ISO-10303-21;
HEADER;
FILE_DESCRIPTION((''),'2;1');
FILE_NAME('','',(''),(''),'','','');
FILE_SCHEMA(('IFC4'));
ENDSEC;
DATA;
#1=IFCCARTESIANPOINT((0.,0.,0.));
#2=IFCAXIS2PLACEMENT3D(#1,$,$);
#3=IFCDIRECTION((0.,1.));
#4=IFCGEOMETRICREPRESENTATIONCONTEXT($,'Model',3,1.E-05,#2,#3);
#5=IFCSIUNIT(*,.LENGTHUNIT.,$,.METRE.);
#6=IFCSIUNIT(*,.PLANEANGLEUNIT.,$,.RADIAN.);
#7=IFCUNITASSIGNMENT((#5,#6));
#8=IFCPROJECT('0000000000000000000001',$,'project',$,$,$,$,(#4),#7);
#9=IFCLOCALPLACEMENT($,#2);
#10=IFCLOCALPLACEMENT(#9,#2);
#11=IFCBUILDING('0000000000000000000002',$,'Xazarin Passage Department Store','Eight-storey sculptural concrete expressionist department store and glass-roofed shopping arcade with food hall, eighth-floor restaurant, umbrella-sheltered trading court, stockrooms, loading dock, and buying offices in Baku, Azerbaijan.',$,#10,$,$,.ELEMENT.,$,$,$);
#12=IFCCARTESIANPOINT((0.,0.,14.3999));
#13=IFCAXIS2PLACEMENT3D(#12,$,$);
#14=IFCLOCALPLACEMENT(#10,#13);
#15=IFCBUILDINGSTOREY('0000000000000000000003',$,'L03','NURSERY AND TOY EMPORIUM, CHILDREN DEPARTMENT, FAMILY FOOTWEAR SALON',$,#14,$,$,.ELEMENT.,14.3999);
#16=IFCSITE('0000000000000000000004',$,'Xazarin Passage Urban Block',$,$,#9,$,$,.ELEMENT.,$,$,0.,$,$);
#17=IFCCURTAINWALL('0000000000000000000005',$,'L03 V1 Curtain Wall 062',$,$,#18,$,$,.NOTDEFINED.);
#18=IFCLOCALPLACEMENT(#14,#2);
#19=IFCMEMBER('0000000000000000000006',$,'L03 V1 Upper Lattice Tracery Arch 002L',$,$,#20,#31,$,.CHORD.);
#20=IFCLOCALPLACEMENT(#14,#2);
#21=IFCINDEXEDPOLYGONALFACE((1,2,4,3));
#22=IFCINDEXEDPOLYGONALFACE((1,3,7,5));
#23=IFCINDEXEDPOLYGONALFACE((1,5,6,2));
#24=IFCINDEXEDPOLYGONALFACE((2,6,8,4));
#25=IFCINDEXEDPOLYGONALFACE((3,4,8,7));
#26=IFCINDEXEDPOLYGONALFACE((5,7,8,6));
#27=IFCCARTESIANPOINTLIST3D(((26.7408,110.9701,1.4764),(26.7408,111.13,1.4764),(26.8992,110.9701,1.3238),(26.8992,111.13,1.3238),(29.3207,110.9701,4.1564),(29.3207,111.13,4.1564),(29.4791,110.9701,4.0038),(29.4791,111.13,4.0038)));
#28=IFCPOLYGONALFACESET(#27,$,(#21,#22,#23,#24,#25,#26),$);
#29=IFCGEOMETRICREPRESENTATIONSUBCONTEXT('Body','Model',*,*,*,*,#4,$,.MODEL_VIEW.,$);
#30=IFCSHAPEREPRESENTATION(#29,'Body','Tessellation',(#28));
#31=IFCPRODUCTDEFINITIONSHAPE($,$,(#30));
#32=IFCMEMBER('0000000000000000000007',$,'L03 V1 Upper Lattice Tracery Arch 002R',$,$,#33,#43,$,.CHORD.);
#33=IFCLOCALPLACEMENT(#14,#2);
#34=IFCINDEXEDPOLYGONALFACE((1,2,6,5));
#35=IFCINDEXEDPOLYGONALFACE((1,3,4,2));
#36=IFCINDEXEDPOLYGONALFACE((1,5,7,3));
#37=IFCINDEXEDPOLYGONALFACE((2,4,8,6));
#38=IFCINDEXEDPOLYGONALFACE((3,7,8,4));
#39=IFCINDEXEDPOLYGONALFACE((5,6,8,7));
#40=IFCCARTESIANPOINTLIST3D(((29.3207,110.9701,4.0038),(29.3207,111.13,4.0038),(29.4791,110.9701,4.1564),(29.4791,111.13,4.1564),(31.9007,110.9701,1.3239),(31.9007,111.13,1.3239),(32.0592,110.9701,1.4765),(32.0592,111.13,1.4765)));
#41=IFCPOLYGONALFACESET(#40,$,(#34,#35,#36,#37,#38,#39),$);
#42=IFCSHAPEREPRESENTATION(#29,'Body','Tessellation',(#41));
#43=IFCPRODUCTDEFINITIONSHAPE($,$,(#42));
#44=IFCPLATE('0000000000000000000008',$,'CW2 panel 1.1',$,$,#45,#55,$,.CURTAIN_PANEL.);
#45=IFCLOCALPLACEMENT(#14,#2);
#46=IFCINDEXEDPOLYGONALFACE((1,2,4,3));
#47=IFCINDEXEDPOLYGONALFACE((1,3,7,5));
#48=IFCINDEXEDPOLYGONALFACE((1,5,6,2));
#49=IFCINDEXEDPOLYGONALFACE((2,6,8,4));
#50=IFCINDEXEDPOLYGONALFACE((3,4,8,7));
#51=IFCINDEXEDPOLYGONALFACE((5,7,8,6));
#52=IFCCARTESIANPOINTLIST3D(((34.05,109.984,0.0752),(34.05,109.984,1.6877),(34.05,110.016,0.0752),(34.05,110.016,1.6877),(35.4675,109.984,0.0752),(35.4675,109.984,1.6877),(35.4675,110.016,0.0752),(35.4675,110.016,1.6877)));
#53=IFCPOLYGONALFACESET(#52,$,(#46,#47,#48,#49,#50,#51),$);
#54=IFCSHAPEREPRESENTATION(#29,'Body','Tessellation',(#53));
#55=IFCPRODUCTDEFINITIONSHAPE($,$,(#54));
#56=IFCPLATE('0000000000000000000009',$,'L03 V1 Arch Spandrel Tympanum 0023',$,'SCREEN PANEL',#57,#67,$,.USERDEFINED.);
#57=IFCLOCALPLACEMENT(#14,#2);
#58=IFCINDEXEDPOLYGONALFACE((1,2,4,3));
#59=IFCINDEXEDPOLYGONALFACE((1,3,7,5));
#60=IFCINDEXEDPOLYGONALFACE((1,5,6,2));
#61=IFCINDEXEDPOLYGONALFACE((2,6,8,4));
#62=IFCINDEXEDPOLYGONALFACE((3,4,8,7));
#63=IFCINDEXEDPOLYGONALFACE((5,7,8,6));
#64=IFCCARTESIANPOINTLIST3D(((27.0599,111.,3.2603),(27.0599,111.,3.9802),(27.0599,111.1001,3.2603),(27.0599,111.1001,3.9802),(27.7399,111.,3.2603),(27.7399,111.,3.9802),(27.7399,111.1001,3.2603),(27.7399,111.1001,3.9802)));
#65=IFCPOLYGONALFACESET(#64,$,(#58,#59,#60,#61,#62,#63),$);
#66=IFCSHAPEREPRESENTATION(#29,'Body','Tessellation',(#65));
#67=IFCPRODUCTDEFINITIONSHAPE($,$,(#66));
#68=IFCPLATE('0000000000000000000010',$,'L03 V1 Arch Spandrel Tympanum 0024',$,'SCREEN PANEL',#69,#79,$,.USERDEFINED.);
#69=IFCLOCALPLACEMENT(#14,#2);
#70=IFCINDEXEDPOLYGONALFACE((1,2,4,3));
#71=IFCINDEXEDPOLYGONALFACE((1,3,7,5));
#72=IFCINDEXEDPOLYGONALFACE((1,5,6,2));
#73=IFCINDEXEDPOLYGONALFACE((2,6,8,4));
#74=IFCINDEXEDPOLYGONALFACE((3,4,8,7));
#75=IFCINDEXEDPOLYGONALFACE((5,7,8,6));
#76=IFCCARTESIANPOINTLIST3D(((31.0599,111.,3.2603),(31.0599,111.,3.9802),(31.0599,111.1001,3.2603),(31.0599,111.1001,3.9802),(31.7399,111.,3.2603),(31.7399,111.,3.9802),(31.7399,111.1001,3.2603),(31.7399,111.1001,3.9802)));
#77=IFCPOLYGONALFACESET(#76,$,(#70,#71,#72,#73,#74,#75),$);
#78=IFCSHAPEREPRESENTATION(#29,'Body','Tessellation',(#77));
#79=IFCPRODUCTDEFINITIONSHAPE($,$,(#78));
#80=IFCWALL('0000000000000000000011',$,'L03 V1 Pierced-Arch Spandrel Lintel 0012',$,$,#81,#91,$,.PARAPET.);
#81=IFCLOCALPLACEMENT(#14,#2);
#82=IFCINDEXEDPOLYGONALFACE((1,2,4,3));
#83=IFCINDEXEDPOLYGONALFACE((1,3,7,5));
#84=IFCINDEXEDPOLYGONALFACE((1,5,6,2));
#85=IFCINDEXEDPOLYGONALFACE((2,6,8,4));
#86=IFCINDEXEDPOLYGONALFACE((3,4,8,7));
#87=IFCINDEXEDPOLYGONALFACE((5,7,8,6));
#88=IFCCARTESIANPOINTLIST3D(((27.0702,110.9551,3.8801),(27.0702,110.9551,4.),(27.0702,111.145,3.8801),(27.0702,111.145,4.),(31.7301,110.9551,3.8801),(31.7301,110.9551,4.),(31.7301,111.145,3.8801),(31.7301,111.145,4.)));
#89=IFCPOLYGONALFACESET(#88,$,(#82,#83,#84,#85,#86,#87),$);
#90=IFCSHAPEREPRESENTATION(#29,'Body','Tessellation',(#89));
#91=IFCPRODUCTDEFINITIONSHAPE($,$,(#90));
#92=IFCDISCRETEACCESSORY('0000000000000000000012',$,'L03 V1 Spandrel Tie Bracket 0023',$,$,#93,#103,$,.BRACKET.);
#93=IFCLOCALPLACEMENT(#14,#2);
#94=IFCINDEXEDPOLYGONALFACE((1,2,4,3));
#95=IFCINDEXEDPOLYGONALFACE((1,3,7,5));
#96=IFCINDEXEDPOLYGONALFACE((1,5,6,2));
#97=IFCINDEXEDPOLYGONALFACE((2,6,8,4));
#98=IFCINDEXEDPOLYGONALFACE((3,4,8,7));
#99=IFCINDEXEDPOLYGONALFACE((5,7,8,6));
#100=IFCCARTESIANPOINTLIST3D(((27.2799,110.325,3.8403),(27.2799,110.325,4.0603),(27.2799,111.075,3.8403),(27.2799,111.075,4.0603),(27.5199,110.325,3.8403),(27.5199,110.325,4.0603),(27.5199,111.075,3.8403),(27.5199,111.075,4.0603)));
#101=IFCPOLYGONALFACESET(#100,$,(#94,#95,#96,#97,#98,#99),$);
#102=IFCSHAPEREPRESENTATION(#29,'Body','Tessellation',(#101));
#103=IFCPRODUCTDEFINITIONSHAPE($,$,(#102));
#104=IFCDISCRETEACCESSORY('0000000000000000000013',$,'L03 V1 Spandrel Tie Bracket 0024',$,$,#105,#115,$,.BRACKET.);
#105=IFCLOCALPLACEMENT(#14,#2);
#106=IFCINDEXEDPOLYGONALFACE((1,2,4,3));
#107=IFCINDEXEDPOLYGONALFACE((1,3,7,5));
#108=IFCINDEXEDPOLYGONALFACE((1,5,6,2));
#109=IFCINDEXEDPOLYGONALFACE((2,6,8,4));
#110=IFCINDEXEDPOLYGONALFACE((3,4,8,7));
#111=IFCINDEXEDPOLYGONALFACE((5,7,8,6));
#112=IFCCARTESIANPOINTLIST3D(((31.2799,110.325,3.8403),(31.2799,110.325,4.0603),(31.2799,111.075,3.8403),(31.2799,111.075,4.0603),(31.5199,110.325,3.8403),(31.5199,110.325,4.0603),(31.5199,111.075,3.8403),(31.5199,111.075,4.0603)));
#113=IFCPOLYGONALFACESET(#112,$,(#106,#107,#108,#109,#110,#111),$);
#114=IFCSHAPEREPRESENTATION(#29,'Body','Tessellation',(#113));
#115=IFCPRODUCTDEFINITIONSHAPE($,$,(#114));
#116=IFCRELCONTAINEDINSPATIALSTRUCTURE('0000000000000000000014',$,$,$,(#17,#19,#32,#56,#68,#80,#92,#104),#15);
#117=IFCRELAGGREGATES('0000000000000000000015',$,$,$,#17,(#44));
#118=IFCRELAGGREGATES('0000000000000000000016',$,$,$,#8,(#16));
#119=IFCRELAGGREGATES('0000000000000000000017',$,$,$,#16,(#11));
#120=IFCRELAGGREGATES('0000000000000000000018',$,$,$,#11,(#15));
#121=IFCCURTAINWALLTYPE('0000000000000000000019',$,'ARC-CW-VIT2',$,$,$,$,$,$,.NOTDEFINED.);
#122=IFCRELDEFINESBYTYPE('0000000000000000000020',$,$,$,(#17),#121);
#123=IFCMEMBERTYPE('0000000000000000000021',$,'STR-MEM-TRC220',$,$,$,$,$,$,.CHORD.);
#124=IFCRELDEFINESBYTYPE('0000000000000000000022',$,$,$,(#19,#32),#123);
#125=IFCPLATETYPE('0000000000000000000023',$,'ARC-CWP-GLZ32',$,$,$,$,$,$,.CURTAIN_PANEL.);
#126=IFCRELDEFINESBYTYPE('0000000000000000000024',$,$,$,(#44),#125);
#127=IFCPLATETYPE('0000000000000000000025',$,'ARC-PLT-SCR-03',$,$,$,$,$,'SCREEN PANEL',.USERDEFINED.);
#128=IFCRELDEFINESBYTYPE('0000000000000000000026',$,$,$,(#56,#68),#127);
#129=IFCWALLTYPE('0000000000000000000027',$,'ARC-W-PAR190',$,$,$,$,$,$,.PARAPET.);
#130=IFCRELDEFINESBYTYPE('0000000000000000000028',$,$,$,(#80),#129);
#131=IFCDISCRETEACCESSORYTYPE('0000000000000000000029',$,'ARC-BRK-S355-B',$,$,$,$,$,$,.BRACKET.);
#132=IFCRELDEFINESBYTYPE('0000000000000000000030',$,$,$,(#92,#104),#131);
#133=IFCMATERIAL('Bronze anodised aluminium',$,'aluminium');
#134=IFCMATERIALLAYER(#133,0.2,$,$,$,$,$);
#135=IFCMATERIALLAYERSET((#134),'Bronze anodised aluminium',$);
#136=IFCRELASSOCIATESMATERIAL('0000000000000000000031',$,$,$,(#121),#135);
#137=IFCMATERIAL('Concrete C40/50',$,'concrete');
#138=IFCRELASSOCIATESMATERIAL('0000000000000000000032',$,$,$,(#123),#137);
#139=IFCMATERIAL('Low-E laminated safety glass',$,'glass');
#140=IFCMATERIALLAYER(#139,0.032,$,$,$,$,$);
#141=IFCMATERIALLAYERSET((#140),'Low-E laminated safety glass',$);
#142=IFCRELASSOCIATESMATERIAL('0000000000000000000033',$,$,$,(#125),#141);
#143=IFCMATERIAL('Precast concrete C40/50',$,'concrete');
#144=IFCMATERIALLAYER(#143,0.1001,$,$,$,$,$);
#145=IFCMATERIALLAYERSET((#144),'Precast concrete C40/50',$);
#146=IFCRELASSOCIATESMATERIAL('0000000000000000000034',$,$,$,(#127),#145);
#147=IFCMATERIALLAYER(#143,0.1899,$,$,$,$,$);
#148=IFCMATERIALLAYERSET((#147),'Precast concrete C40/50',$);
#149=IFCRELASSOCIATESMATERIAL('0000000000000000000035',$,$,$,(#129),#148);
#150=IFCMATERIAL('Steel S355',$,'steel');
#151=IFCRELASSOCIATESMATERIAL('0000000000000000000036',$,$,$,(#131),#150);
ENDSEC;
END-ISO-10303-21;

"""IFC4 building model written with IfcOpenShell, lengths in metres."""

from ifc_helpers import new_model, si_unit, direction, frame, frame_2d, origin, origin_2d, place, context, subcontext, project, spatial, rectangle, extrude, material, layer, layer_set, material_profile, profile_set, type_object, element, aggregate, save


model = new_model("IFC4")

# Units and contexts
model_context = context("Model", 3, precision=1e-05, world=origin(), true_north=direction((0.0, 1.0)))
body_context = subcontext(model_context, "Body", "Model", "MODEL_VIEW")
ifc_project = project(units=[si_unit("LENGTHUNIT", "METRE"), si_unit("PLANEANGLEUNIT", "RADIAN")], contexts=[model_context])

# Site, building, storey
site_placement = place(None, origin())
site = spatial("IfcSite", under=ifc_project, at=site_placement, Name="Xazarin Passage Urban Block", CompositionType="ELEMENT", RefElevation=0.0)
building_placement = place(site_placement, origin())
building = spatial("IfcBuilding", under=site, at=building_placement, Name="Xazarin Passage Department Store", Description="Eight-storey sculptural concrete expressionist department store and glass-roofed shopping arcade with food hall, eighth-floor restaurant, umbrella-sheltered trading court, stockrooms, loading dock, and buying offices in Baku, Azerbaijan.", CompositionType="ELEMENT")
storey_placement = place(building_placement, frame((0.0, 0.0, 14.3999)))
storey = spatial("IfcBuildingStorey", under=building, at=storey_placement, Name="L03", Description="NURSERY AND TOY EMPORIUM, CHILDREN DEPARTMENT, FAMILY FOOTWEAR SALON", CompositionType="ELEMENT", Elevation=14.3999)

# Shared definitions
ifc_material_1 = material(Name="Concrete C40/50", Category="concrete")

# Curtain wall
ifc_material_2 = material(Name="Bronze anodised aluminium", Category="aluminium")
ifc_layer_1 = layer(ifc_material_2, 0.2)
ifc_layer_set_1 = layer_set([ifc_layer_1], Name="Bronze anodised aluminium")
curtain_wall_type = type_object("IfcCurtainWallType", Name="ARC-CW-VIT2", PredefinedType="NOTDEFINED", material=ifc_layer_set_1)
curtain_wall_placement = place(storey_placement, origin())
curtain_wall = element("IfcCurtainWall", 1, at=curtain_wall_placement, inside=storey, type_object=curtain_wall_type, Name="L03 V1 Curtain Wall 062", PredefinedType="NOTDEFINED")

# Members
ifc_material_profile_1 = material_profile(ifc_material_1, rectangle(XDim=0.1599, YDim=0.22, at=origin_2d()), Name="RC 160x220")
ifc_profile_set_1 = profile_set([ifc_material_profile_1], Name="Concrete C40/50")
member_type_1 = type_object("IfcMemberType", Name="STR-MEM-TRC220", PredefinedType="CHORD", material=ifc_profile_set_1)
for number, where, z_axis, x_axis, name in (
    (2, (29.3999, 111.05, 4.0801), (-0.693524, 0.0, -0.720433), (0.0, -1.0, 0.0), "L03 V1 Upper Lattice Tracery Arch 002L"),
    (3, (29.3999, 111.05, 4.0801), (0.693558, 0.0, -0.7204), (0.0, 1.0, 0.0), "L03 V1 Upper Lattice Tracery Arch 002R"),
):
    element("IfcMember", number, at=place(storey_placement, frame(where, z_axis=z_axis, x_axis=x_axis)), inside=storey, type_object=member_type_1, Name=name, PredefinedType="CHORD", context=body_context, shape_type="SweptSolid", body=[
        extrude(rectangle(XDim=0.1599, YDim=0.22, at=origin_2d()), origin(), (0.0, 0.0, 1.0), 3.72),
    ])

# Plate
ifc_material_3 = material(Name="Low-E laminated safety glass", Category="glass")
ifc_layer_2 = layer(ifc_material_3, 0.032)
ifc_layer_set_2 = layer_set([ifc_layer_2], Name="Low-E laminated safety glass")
plate_type_1 = type_object("IfcPlateType", Name="ARC-CWP-GLZ32", PredefinedType="CURTAIN_PANEL", material=ifc_layer_set_2)
plate_placement = place(storey_placement, frame((34.7588, 110.0, 0.0752), z_axis=(0.0, 0.0, 1.0), x_axis=(1.0, 0.0, 0.0)))
plate = element("IfcPlate", 4, at=plate_placement, type_object=plate_type_1, Name="CW2 panel 1.1", PredefinedType="CURTAIN_PANEL", context=body_context, shape_type="SweptSolid", body=[
    extrude(rectangle(XDim=1.4175, YDim=0.032, at=origin_2d()), origin(), (0.0, 0.0, 1.0), 1.6125),
])
aggregate(curtain_wall, [plate])

# Plates
ifc_material_4 = material(Name="Precast concrete C40/50", Category="concrete")
ifc_layer_3 = layer(ifc_material_4, 0.1001)
ifc_layer_set_3 = layer_set([ifc_layer_3], Name="Precast concrete C40/50")
plate_type_2 = type_object("IfcPlateType", Name="ARC-PLT-SCR-03", ElementType="SCREEN PANEL", PredefinedType="USERDEFINED", material=ifc_layer_set_3)
for number, where, z_axis, x_axis, name in (
    (5, (27.3999, 111.05, 3.2603), (0.0, 0.0, 1.0), (1.0, 0.0, 0.0), "L03 V1 Arch Spandrel Tympanum 0023"),
    (6, (31.3999, 111.05, 3.2603), (0.0, 0.0, 1.0), (1.0, 0.0, 0.0), "L03 V1 Arch Spandrel Tympanum 0024"),
):
    element("IfcPlate", number, at=place(storey_placement, frame(where, z_axis=z_axis, x_axis=x_axis)), inside=storey, type_object=plate_type_2, Name=name, ObjectType="SCREEN PANEL", PredefinedType="USERDEFINED", context=body_context, shape_type="SweptSolid", body=[
        extrude(rectangle(XDim=0.6799, YDim=0.1001, at=origin_2d()), origin(), (0.0, 0.0, 1.0), 0.72),
    ])

# Wall
ifc_layer_4 = layer(ifc_material_4, 0.1899)
ifc_layer_set_4 = layer_set([ifc_layer_4], Name="Precast concrete C40/50")
wall_type = type_object("IfcWallType", Name="ARC-W-PAR190", PredefinedType="PARAPET", material=ifc_layer_set_4)
wall_placement = place(storey_placement, frame((27.0701, 111.05, 3.8801), z_axis=(0.0, 0.0, 1.0), x_axis=(1.0, 0.0, 0.0)))
element("IfcWall", 7, at=wall_placement, inside=storey, type_object=wall_type, Name="L03 V1 Pierced-Arch Spandrel Lintel 0012", PredefinedType="PARAPET", context=body_context, shape_type="SweptSolid", body=[
    extrude(rectangle(XDim=4.6599, YDim=0.1899, at=frame_2d((2.3301, 0.0))), origin(), (0.0, 0.0, 1.0), 0.1199),
])

# Discrete accessories
ifc_material_5 = material(Name="Steel S355", Category="steel")
discrete_accessory_type = type_object("IfcDiscreteAccessoryType", Name="ARC-BRK-S355-B", PredefinedType="BRACKET", material=ifc_material_5)
for number, where, z_axis, x_axis, name in (
    (8, (27.3999, 110.7, 3.8403), (0.0, 0.0, 1.0), (1.0, 0.0, 0.0), "L03 V1 Spandrel Tie Bracket 0023"),
    (9, (31.3999, 110.7, 3.8403), (0.0, 0.0, 1.0), (1.0, 0.0, 0.0), "L03 V1 Spandrel Tie Bracket 0024"),
):
    element("IfcDiscreteAccessory", number, at=place(storey_placement, frame(where, z_axis=z_axis, x_axis=x_axis)), inside=storey, type_object=discrete_accessory_type, Name=name, PredefinedType="BRACKET", context=body_context, shape_type="SweptSolid", body=[
        extrude(rectangle(XDim=0.24, YDim=0.75, at=origin_2d()), origin(), (0.0, 0.0, 1.0), 0.22),
    ])

save(model, "model.ifc")
